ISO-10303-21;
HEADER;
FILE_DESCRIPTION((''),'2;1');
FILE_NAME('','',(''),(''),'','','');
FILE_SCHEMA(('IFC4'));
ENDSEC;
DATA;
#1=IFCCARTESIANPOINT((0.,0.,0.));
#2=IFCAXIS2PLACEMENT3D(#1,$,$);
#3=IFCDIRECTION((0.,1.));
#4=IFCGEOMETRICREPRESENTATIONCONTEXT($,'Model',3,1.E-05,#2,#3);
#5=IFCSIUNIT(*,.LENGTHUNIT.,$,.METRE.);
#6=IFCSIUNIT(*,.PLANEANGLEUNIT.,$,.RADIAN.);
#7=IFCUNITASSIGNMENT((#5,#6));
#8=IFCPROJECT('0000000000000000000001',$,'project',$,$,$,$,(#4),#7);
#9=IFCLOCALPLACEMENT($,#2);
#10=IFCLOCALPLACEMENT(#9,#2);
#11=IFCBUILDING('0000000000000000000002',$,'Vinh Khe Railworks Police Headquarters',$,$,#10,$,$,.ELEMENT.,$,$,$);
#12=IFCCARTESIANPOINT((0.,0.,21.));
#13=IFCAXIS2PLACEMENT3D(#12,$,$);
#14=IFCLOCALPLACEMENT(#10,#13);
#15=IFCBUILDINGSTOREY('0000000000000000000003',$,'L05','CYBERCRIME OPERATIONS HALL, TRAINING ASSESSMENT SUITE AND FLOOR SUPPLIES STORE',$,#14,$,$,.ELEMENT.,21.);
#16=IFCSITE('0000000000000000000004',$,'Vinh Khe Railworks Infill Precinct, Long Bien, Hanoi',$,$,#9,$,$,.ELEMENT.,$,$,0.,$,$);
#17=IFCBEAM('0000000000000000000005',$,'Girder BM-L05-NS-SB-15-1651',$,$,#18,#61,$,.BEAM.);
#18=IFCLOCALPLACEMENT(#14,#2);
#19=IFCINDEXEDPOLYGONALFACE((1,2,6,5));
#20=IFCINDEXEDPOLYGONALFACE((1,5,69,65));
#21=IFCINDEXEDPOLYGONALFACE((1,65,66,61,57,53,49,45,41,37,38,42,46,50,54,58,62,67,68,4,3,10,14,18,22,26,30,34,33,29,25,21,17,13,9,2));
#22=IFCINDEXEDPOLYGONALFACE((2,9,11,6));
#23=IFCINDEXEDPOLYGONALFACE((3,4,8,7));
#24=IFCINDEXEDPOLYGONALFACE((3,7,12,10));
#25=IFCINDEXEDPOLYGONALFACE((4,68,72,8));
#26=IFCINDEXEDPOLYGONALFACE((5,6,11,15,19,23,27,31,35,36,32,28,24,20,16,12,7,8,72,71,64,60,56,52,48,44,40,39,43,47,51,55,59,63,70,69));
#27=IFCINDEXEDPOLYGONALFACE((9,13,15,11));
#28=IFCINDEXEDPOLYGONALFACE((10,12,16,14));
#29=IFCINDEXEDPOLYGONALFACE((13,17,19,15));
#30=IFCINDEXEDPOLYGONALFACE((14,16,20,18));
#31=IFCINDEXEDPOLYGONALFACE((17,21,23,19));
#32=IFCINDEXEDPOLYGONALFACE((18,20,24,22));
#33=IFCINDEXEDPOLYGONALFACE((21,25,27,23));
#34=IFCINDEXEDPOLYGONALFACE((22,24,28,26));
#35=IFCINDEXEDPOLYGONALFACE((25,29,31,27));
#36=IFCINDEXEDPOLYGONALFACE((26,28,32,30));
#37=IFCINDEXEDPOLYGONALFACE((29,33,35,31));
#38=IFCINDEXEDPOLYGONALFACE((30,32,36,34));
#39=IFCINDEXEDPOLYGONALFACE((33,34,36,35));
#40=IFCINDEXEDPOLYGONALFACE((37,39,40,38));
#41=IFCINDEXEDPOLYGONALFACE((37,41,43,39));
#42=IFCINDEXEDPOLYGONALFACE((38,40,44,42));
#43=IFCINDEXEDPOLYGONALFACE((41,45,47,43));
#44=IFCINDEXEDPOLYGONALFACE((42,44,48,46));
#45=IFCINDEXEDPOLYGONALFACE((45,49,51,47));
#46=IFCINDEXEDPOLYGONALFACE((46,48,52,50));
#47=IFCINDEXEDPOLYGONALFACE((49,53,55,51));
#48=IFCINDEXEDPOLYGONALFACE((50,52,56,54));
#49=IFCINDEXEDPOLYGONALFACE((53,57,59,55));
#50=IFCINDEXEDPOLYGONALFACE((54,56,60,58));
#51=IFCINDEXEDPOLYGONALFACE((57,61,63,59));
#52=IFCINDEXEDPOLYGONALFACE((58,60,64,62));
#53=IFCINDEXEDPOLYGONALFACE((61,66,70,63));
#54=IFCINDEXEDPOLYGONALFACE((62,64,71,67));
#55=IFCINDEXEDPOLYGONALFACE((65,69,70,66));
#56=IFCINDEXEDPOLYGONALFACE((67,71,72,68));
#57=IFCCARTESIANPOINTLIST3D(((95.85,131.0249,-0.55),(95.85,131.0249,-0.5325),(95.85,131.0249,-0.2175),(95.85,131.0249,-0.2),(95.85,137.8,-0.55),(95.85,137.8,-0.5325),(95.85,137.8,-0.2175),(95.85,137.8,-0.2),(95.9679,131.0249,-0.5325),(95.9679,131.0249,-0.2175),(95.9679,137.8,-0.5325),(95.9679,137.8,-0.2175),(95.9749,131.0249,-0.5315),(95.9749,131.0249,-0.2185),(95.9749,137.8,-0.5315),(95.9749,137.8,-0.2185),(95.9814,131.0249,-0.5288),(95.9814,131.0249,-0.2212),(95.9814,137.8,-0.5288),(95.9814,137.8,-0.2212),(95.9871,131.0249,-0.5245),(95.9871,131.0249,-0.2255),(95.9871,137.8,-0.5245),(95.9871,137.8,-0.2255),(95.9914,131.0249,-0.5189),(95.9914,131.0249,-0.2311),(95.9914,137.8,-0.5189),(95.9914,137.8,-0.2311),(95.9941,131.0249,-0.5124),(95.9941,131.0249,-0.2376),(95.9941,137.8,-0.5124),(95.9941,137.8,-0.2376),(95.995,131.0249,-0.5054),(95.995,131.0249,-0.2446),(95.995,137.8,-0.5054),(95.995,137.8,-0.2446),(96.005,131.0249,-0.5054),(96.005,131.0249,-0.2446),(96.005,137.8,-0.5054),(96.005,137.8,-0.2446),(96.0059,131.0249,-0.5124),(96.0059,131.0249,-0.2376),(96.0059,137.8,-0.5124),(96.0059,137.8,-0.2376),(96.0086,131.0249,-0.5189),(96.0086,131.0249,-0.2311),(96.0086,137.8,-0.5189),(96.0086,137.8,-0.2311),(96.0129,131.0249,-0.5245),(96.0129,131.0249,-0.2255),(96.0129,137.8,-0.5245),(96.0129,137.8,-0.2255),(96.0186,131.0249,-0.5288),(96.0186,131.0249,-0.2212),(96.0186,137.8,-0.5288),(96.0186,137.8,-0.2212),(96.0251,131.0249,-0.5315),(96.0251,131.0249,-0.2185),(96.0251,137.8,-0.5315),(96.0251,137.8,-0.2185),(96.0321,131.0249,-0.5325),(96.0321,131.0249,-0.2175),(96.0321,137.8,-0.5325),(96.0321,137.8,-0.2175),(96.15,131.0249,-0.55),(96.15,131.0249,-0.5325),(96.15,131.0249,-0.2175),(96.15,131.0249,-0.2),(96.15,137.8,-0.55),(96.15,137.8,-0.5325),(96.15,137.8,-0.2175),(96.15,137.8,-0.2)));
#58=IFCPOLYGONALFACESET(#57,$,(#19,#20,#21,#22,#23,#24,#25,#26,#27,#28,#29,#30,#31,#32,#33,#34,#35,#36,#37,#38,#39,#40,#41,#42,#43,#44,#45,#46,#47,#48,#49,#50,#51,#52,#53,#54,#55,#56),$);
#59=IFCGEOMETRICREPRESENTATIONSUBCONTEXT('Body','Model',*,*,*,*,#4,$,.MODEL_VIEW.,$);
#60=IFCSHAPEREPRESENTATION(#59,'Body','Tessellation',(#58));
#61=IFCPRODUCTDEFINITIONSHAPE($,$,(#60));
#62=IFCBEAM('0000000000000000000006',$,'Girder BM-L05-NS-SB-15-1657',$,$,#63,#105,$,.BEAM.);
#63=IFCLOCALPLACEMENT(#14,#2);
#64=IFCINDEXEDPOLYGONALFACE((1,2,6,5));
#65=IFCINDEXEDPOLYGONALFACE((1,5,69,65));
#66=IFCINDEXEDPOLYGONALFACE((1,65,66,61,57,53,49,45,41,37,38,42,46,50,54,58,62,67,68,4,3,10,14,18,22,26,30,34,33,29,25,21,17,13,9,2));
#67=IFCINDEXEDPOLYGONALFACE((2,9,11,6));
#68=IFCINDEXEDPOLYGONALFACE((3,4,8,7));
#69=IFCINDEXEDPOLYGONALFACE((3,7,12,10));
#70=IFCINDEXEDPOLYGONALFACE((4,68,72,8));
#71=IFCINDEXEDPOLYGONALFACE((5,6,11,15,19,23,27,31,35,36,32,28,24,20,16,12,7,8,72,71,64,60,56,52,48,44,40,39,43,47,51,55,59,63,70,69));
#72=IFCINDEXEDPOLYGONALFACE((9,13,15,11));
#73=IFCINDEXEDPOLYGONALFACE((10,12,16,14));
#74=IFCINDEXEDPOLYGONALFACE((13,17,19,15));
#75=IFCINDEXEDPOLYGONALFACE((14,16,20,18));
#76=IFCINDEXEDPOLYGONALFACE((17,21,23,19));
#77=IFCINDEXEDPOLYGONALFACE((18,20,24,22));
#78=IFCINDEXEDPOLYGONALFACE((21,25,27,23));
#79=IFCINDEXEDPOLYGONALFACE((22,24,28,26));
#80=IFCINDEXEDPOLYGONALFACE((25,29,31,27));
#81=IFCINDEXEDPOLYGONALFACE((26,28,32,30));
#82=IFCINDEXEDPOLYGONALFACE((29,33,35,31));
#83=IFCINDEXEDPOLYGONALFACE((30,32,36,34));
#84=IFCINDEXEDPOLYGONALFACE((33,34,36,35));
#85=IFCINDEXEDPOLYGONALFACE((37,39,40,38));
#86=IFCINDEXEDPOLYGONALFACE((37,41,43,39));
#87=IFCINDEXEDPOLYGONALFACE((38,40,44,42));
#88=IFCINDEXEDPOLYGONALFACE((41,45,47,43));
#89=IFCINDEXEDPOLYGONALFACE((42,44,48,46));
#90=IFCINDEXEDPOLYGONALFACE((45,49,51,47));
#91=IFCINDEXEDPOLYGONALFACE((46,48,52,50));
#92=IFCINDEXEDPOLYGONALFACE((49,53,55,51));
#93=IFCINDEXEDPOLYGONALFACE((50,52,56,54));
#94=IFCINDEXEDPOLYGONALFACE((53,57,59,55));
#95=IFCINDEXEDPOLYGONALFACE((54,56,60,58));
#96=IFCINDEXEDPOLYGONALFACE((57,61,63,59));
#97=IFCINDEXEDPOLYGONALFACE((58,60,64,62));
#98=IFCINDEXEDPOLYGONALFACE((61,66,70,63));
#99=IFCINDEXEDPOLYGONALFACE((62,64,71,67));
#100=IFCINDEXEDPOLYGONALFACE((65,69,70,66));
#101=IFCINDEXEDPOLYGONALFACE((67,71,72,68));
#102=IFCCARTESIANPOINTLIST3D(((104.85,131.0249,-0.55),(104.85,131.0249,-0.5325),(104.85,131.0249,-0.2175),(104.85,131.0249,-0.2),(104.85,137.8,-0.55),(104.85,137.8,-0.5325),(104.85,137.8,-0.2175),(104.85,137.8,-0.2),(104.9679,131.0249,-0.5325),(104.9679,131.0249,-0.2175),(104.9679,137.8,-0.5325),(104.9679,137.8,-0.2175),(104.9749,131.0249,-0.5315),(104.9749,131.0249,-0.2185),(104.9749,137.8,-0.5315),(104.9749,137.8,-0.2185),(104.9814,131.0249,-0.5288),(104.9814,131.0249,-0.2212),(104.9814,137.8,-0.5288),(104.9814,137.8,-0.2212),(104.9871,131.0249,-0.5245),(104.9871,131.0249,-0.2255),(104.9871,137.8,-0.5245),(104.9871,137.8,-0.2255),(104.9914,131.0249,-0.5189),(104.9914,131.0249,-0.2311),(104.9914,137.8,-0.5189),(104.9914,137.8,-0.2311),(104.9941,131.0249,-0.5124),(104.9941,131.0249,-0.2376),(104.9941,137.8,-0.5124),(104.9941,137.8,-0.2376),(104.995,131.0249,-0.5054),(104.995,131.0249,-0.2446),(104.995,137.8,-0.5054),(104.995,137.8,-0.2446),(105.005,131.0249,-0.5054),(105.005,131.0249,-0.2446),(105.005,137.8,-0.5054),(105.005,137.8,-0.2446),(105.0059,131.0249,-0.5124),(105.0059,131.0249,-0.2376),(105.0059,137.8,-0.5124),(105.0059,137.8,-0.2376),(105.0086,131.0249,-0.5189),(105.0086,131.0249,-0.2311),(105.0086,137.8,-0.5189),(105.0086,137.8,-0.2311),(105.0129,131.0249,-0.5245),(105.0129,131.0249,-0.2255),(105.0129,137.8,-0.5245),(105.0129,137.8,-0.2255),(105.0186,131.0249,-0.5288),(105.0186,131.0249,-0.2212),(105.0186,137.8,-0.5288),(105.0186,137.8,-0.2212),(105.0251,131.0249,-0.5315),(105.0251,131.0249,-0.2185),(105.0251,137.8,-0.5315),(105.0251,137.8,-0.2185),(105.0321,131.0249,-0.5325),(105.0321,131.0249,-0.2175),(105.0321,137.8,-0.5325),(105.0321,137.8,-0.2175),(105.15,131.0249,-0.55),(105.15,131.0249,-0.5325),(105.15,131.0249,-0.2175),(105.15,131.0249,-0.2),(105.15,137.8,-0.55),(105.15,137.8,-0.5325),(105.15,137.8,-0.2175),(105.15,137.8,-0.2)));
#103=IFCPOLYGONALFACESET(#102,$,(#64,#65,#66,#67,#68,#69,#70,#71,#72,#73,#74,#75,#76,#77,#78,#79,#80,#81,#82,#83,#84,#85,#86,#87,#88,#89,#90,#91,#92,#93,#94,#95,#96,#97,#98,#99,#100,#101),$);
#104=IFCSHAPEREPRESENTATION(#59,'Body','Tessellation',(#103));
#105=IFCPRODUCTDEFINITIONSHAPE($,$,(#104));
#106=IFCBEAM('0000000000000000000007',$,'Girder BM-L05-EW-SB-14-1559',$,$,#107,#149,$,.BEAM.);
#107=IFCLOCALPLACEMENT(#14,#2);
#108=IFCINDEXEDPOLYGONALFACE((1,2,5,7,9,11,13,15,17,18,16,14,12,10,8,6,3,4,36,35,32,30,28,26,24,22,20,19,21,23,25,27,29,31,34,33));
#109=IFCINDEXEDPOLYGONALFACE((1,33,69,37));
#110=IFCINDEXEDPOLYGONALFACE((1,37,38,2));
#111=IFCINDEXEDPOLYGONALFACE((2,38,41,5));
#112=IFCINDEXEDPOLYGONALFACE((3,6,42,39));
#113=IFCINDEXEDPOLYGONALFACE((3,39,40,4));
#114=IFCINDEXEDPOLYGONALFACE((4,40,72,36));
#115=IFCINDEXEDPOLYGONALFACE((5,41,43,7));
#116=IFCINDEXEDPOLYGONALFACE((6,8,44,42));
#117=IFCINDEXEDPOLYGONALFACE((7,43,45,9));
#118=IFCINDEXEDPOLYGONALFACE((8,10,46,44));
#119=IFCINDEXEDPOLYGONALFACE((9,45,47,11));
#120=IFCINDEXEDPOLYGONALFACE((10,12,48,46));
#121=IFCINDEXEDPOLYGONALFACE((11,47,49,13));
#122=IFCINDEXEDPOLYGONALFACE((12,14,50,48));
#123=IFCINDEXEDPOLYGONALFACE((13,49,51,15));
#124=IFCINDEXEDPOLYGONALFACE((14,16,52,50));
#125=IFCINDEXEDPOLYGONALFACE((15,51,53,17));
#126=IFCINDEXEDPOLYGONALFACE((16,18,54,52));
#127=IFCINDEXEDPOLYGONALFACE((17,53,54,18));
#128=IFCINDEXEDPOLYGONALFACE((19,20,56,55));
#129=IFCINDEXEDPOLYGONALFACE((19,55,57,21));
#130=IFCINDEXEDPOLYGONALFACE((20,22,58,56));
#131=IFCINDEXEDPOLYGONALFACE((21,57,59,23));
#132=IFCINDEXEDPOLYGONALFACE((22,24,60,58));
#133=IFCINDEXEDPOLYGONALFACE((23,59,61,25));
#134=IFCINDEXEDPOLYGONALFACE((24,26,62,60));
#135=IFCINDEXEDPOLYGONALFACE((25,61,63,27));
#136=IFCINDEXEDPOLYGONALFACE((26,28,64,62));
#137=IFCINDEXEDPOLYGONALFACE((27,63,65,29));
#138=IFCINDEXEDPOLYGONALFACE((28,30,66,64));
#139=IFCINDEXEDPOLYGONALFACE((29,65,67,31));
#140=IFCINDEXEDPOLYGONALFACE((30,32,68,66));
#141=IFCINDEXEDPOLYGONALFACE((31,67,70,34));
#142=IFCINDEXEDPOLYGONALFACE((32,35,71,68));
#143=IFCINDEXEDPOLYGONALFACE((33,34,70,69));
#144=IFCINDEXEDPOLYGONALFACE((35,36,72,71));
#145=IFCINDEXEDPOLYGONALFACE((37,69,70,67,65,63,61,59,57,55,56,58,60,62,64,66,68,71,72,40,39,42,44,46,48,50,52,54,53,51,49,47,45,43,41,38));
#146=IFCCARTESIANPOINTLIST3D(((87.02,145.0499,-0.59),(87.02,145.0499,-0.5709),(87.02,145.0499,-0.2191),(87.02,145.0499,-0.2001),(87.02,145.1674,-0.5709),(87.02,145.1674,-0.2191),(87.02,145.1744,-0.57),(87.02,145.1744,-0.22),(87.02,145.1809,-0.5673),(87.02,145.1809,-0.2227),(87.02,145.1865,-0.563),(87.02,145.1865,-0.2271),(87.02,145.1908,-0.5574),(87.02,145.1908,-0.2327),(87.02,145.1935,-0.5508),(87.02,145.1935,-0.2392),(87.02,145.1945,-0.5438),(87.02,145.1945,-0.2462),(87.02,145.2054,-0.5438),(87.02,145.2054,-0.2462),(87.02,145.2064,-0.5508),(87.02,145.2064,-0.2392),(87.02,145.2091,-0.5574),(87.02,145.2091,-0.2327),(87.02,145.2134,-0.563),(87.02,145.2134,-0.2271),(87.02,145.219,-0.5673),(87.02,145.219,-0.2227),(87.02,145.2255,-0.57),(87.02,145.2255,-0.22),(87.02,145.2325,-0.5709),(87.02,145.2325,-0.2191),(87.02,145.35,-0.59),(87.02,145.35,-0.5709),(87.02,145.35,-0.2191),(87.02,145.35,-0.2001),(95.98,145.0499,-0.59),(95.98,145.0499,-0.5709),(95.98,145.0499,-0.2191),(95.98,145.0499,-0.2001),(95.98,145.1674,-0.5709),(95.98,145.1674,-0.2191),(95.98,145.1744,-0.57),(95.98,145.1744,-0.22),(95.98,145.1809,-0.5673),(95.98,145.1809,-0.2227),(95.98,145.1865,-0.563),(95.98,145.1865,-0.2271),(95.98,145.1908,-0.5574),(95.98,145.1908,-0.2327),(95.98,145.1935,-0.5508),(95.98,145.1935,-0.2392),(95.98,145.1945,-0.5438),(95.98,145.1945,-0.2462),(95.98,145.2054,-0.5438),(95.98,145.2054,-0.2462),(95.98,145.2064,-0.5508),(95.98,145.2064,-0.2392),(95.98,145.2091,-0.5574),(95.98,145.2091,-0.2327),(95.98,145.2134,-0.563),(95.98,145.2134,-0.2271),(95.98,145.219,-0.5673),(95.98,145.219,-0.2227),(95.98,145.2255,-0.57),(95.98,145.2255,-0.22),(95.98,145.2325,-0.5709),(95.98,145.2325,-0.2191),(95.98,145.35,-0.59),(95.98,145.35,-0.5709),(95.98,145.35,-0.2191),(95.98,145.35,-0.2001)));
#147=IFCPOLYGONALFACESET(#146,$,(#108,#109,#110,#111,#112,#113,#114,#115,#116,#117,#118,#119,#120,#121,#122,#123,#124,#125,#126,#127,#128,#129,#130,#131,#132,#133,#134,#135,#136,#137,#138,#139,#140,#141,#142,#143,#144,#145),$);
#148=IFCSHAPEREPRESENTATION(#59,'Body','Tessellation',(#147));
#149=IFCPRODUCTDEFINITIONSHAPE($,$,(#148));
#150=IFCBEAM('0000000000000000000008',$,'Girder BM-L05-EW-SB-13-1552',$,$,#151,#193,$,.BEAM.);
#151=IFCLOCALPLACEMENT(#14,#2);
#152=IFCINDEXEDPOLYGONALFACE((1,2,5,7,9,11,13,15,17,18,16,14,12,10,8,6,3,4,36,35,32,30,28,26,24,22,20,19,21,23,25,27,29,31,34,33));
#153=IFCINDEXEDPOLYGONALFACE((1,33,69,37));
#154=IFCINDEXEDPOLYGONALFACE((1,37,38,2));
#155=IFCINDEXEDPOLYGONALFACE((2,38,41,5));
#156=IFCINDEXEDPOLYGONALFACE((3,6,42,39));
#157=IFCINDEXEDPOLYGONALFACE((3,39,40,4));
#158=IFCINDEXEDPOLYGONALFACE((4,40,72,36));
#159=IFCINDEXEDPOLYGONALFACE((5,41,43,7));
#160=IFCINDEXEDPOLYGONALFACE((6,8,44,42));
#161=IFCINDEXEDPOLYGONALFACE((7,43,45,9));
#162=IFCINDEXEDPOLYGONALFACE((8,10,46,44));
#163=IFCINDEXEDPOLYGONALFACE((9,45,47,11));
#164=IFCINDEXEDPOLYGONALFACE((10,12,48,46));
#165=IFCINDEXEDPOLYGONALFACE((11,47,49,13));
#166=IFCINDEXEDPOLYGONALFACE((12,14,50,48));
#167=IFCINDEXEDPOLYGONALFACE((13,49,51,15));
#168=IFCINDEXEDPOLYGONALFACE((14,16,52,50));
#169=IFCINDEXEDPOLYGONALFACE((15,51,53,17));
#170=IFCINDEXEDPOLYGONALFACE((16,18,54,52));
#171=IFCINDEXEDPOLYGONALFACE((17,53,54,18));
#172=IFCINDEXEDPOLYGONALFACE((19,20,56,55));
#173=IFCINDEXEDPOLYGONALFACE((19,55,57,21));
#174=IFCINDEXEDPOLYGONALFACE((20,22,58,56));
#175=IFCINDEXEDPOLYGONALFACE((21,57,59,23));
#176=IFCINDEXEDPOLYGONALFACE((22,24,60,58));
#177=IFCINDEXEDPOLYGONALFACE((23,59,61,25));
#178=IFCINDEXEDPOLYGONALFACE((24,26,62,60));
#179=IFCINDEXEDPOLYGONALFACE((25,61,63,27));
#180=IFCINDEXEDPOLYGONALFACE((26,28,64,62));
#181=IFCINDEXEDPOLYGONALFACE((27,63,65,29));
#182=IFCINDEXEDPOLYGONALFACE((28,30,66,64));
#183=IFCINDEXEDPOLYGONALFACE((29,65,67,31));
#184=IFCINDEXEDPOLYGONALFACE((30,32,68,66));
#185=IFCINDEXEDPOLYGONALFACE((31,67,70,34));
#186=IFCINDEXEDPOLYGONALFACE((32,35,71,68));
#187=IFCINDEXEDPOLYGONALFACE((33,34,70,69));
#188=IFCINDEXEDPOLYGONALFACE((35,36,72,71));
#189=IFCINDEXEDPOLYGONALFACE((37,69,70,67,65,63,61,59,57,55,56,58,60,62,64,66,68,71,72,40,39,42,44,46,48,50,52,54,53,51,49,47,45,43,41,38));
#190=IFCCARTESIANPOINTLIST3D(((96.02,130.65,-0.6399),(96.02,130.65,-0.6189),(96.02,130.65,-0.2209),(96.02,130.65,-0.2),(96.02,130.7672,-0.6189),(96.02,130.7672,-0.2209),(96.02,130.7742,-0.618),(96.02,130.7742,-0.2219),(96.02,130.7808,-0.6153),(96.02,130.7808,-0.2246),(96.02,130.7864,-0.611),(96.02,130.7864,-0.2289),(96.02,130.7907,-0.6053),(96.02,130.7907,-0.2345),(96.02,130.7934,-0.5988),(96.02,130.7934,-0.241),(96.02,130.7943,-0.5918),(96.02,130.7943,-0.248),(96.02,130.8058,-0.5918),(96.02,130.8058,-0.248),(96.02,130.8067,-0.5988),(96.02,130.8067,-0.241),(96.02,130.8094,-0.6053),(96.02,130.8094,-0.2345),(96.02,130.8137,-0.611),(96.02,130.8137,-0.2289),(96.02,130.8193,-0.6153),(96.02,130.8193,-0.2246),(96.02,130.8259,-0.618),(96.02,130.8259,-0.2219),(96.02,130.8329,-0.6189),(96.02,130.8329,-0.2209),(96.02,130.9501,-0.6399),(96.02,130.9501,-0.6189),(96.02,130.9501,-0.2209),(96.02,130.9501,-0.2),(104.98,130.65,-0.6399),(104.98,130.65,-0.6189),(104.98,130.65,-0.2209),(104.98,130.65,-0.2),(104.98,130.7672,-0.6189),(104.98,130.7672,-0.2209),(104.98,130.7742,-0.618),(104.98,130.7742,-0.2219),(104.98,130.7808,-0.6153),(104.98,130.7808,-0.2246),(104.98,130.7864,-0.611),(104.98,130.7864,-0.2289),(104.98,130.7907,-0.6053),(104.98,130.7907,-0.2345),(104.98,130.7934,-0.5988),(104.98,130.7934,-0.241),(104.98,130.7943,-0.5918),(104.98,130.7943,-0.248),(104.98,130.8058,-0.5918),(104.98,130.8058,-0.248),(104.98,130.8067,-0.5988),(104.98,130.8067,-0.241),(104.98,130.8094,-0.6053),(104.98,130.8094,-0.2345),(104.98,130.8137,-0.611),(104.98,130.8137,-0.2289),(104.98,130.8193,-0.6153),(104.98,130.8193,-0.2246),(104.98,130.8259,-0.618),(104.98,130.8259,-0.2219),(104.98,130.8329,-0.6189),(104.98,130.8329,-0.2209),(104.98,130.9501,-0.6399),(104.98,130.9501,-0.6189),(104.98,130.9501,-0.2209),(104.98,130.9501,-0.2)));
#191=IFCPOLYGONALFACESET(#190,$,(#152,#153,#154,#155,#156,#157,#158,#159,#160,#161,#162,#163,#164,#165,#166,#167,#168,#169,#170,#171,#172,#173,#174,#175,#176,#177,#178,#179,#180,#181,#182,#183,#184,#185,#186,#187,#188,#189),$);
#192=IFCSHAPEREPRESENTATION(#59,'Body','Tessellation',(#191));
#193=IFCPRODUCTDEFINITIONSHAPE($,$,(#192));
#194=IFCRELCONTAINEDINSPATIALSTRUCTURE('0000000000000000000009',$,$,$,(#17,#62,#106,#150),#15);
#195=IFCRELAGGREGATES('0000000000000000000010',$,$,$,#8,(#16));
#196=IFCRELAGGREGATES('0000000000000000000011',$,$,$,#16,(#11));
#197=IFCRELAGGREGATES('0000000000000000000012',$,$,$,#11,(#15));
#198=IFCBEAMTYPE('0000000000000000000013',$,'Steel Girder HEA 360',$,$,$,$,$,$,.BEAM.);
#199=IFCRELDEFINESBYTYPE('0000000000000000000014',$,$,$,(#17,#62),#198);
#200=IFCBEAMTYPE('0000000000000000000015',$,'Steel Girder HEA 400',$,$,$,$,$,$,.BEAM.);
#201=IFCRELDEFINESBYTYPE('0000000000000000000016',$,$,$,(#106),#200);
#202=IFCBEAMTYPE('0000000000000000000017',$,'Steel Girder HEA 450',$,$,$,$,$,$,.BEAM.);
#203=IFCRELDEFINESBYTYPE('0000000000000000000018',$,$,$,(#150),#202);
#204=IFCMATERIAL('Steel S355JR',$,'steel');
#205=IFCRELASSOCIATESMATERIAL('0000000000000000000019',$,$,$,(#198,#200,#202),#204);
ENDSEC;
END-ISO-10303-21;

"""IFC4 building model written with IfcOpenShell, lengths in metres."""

from ifc_helpers import new_model, si_unit, direction, frame, origin, origin_2d, place, context, subcontext, project, spatial, i_section, extrude, material, material_profile, profile_set, type_object, element, save


model = new_model("IFC4")

# Units and contexts
model_context = context("Model", 3, precision=1e-05, world=origin(), true_north=direction((0.0, 1.0)))
body_context = subcontext(model_context, "Body", "Model", "MODEL_VIEW")
ifc_project = project(units=[si_unit("LENGTHUNIT", "METRE"), si_unit("PLANEANGLEUNIT", "RADIAN")], contexts=[model_context])

# Site, building, storey
site_placement = place(None, origin())
site = spatial("IfcSite", under=ifc_project, at=site_placement, Name="Vinh Khe Railworks Infill Precinct, Long Bien, Hanoi", CompositionType="ELEMENT", RefElevation=0.0)
building_placement = place(site_placement, origin())
building = spatial("IfcBuilding", under=site, at=building_placement, Name="Vinh Khe Railworks Police Headquarters", CompositionType="ELEMENT")
storey_placement = place(building_placement, frame((0.0, 0.0, 21.0)))
storey = spatial("IfcBuildingStorey", under=building, at=storey_placement, Name="L05", Description="CYBERCRIME OPERATIONS HALL, TRAINING ASSESSMENT SUITE AND FLOOR SUPPLIES STORE", CompositionType="ELEMENT", Elevation=21.0)

# Shared definitions
ifc_material_1 = material(Name="Steel S355JR", Category="steel")

# Beams
ifc_material_profile_1 = material_profile(ifc_material_1, i_section(OverallWidth=0.3, OverallDepth=0.3501, WebThickness=0.01, FlangeThickness=0.0176, FilletRadius=0.0271, at=origin_2d()), Name="HEA 360")
ifc_profile_set_1 = profile_set([ifc_material_profile_1], Name="Steel S355JR")
beam_type_1 = type_object("IfcBeamType", Name="Steel Girder HEA 360", PredefinedType="BEAM", material=ifc_profile_set_1)
for number, where, z_axis, x_axis, name in (
    (1, (96.0, 131.0249, -0.375), (0.0, 1.0, 0.0), (-1.0, 0.0, 0.0), "Girder BM-L05-NS-SB-15-1651"),
    (2, (105.0, 131.0249, -0.375), (0.0, 1.0, 0.0), (-1.0, 0.0, 0.0), "Girder BM-L05-NS-SB-15-1657"),
):
    element("IfcBeam", number, at=place(storey_placement, frame(where, z_axis=z_axis, x_axis=x_axis)), inside=storey, type_object=beam_type_1, Name=name, PredefinedType="BEAM", context=body_context, shape_type="SweptSolid", body=[
        extrude(i_section(OverallWidth=0.3, OverallDepth=0.3501, WebThickness=0.01, FlangeThickness=0.0176, FilletRadius=0.0271, at=origin_2d()), origin(), (0.0, 0.0, 1.0), 6.7751),
    ])
ifc_material_profile_2 = material_profile(ifc_material_1, i_section(OverallWidth=0.3, OverallDepth=0.3899, WebThickness=0.011, FlangeThickness=0.019, FilletRadius=0.0271, at=origin_2d()), Name="HEA 400")
ifc_profile_set_2 = profile_set([ifc_material_profile_2], Name="Steel S355JR")
beam_type_2 = type_object("IfcBeamType", Name="Steel Girder HEA 400", PredefinedType="BEAM", material=ifc_profile_set_2)
beam_1_placement = place(storey_placement, frame((87.02, 145.2, -0.395), z_axis=(1.0, 0.0, 0.0), x_axis=(0.0, 1.0, 0.0)))
element("IfcBeam", 3, at=beam_1_placement, inside=storey, type_object=beam_type_2, Name="Girder BM-L05-EW-SB-14-1559", PredefinedType="BEAM", context=body_context, shape_type="SweptSolid", body=[
    extrude(i_section(OverallWidth=0.3, OverallDepth=0.3899, WebThickness=0.011, FlangeThickness=0.019, FilletRadius=0.0271, at=origin_2d()), origin(), (0.0, 0.0, 1.0), 8.96),
])
ifc_material_profile_3 = material_profile(ifc_material_1, i_section(OverallWidth=0.3, OverallDepth=0.4399, WebThickness=0.0115, FlangeThickness=0.021, FilletRadius=0.0271, at=origin_2d()), Name="HEA 450")
ifc_profile_set_3 = profile_set([ifc_material_profile_3], Name="Steel S355JR")
beam_type_3 = type_object("IfcBeamType", Name="Steel Girder HEA 450", PredefinedType="BEAM", material=ifc_profile_set_3)
beam_2_placement = place(storey_placement, frame((96.02, 130.8, -0.4199), z_axis=(1.0, 0.0, 0.0), x_axis=(0.0, 1.0, 0.0)))
element("IfcBeam", 4, at=beam_2_placement, inside=storey, type_object=beam_type_3, Name="Girder BM-L05-EW-SB-13-1552", PredefinedType="BEAM", context=body_context, shape_type="SweptSolid", body=[
    extrude(i_section(OverallWidth=0.3, OverallDepth=0.4399, WebThickness=0.0115, FlangeThickness=0.021, FilletRadius=0.0271, at=origin_2d()), origin(), (0.0, 0.0, 1.0), 8.96),
])

save(model, "model.ifc")
